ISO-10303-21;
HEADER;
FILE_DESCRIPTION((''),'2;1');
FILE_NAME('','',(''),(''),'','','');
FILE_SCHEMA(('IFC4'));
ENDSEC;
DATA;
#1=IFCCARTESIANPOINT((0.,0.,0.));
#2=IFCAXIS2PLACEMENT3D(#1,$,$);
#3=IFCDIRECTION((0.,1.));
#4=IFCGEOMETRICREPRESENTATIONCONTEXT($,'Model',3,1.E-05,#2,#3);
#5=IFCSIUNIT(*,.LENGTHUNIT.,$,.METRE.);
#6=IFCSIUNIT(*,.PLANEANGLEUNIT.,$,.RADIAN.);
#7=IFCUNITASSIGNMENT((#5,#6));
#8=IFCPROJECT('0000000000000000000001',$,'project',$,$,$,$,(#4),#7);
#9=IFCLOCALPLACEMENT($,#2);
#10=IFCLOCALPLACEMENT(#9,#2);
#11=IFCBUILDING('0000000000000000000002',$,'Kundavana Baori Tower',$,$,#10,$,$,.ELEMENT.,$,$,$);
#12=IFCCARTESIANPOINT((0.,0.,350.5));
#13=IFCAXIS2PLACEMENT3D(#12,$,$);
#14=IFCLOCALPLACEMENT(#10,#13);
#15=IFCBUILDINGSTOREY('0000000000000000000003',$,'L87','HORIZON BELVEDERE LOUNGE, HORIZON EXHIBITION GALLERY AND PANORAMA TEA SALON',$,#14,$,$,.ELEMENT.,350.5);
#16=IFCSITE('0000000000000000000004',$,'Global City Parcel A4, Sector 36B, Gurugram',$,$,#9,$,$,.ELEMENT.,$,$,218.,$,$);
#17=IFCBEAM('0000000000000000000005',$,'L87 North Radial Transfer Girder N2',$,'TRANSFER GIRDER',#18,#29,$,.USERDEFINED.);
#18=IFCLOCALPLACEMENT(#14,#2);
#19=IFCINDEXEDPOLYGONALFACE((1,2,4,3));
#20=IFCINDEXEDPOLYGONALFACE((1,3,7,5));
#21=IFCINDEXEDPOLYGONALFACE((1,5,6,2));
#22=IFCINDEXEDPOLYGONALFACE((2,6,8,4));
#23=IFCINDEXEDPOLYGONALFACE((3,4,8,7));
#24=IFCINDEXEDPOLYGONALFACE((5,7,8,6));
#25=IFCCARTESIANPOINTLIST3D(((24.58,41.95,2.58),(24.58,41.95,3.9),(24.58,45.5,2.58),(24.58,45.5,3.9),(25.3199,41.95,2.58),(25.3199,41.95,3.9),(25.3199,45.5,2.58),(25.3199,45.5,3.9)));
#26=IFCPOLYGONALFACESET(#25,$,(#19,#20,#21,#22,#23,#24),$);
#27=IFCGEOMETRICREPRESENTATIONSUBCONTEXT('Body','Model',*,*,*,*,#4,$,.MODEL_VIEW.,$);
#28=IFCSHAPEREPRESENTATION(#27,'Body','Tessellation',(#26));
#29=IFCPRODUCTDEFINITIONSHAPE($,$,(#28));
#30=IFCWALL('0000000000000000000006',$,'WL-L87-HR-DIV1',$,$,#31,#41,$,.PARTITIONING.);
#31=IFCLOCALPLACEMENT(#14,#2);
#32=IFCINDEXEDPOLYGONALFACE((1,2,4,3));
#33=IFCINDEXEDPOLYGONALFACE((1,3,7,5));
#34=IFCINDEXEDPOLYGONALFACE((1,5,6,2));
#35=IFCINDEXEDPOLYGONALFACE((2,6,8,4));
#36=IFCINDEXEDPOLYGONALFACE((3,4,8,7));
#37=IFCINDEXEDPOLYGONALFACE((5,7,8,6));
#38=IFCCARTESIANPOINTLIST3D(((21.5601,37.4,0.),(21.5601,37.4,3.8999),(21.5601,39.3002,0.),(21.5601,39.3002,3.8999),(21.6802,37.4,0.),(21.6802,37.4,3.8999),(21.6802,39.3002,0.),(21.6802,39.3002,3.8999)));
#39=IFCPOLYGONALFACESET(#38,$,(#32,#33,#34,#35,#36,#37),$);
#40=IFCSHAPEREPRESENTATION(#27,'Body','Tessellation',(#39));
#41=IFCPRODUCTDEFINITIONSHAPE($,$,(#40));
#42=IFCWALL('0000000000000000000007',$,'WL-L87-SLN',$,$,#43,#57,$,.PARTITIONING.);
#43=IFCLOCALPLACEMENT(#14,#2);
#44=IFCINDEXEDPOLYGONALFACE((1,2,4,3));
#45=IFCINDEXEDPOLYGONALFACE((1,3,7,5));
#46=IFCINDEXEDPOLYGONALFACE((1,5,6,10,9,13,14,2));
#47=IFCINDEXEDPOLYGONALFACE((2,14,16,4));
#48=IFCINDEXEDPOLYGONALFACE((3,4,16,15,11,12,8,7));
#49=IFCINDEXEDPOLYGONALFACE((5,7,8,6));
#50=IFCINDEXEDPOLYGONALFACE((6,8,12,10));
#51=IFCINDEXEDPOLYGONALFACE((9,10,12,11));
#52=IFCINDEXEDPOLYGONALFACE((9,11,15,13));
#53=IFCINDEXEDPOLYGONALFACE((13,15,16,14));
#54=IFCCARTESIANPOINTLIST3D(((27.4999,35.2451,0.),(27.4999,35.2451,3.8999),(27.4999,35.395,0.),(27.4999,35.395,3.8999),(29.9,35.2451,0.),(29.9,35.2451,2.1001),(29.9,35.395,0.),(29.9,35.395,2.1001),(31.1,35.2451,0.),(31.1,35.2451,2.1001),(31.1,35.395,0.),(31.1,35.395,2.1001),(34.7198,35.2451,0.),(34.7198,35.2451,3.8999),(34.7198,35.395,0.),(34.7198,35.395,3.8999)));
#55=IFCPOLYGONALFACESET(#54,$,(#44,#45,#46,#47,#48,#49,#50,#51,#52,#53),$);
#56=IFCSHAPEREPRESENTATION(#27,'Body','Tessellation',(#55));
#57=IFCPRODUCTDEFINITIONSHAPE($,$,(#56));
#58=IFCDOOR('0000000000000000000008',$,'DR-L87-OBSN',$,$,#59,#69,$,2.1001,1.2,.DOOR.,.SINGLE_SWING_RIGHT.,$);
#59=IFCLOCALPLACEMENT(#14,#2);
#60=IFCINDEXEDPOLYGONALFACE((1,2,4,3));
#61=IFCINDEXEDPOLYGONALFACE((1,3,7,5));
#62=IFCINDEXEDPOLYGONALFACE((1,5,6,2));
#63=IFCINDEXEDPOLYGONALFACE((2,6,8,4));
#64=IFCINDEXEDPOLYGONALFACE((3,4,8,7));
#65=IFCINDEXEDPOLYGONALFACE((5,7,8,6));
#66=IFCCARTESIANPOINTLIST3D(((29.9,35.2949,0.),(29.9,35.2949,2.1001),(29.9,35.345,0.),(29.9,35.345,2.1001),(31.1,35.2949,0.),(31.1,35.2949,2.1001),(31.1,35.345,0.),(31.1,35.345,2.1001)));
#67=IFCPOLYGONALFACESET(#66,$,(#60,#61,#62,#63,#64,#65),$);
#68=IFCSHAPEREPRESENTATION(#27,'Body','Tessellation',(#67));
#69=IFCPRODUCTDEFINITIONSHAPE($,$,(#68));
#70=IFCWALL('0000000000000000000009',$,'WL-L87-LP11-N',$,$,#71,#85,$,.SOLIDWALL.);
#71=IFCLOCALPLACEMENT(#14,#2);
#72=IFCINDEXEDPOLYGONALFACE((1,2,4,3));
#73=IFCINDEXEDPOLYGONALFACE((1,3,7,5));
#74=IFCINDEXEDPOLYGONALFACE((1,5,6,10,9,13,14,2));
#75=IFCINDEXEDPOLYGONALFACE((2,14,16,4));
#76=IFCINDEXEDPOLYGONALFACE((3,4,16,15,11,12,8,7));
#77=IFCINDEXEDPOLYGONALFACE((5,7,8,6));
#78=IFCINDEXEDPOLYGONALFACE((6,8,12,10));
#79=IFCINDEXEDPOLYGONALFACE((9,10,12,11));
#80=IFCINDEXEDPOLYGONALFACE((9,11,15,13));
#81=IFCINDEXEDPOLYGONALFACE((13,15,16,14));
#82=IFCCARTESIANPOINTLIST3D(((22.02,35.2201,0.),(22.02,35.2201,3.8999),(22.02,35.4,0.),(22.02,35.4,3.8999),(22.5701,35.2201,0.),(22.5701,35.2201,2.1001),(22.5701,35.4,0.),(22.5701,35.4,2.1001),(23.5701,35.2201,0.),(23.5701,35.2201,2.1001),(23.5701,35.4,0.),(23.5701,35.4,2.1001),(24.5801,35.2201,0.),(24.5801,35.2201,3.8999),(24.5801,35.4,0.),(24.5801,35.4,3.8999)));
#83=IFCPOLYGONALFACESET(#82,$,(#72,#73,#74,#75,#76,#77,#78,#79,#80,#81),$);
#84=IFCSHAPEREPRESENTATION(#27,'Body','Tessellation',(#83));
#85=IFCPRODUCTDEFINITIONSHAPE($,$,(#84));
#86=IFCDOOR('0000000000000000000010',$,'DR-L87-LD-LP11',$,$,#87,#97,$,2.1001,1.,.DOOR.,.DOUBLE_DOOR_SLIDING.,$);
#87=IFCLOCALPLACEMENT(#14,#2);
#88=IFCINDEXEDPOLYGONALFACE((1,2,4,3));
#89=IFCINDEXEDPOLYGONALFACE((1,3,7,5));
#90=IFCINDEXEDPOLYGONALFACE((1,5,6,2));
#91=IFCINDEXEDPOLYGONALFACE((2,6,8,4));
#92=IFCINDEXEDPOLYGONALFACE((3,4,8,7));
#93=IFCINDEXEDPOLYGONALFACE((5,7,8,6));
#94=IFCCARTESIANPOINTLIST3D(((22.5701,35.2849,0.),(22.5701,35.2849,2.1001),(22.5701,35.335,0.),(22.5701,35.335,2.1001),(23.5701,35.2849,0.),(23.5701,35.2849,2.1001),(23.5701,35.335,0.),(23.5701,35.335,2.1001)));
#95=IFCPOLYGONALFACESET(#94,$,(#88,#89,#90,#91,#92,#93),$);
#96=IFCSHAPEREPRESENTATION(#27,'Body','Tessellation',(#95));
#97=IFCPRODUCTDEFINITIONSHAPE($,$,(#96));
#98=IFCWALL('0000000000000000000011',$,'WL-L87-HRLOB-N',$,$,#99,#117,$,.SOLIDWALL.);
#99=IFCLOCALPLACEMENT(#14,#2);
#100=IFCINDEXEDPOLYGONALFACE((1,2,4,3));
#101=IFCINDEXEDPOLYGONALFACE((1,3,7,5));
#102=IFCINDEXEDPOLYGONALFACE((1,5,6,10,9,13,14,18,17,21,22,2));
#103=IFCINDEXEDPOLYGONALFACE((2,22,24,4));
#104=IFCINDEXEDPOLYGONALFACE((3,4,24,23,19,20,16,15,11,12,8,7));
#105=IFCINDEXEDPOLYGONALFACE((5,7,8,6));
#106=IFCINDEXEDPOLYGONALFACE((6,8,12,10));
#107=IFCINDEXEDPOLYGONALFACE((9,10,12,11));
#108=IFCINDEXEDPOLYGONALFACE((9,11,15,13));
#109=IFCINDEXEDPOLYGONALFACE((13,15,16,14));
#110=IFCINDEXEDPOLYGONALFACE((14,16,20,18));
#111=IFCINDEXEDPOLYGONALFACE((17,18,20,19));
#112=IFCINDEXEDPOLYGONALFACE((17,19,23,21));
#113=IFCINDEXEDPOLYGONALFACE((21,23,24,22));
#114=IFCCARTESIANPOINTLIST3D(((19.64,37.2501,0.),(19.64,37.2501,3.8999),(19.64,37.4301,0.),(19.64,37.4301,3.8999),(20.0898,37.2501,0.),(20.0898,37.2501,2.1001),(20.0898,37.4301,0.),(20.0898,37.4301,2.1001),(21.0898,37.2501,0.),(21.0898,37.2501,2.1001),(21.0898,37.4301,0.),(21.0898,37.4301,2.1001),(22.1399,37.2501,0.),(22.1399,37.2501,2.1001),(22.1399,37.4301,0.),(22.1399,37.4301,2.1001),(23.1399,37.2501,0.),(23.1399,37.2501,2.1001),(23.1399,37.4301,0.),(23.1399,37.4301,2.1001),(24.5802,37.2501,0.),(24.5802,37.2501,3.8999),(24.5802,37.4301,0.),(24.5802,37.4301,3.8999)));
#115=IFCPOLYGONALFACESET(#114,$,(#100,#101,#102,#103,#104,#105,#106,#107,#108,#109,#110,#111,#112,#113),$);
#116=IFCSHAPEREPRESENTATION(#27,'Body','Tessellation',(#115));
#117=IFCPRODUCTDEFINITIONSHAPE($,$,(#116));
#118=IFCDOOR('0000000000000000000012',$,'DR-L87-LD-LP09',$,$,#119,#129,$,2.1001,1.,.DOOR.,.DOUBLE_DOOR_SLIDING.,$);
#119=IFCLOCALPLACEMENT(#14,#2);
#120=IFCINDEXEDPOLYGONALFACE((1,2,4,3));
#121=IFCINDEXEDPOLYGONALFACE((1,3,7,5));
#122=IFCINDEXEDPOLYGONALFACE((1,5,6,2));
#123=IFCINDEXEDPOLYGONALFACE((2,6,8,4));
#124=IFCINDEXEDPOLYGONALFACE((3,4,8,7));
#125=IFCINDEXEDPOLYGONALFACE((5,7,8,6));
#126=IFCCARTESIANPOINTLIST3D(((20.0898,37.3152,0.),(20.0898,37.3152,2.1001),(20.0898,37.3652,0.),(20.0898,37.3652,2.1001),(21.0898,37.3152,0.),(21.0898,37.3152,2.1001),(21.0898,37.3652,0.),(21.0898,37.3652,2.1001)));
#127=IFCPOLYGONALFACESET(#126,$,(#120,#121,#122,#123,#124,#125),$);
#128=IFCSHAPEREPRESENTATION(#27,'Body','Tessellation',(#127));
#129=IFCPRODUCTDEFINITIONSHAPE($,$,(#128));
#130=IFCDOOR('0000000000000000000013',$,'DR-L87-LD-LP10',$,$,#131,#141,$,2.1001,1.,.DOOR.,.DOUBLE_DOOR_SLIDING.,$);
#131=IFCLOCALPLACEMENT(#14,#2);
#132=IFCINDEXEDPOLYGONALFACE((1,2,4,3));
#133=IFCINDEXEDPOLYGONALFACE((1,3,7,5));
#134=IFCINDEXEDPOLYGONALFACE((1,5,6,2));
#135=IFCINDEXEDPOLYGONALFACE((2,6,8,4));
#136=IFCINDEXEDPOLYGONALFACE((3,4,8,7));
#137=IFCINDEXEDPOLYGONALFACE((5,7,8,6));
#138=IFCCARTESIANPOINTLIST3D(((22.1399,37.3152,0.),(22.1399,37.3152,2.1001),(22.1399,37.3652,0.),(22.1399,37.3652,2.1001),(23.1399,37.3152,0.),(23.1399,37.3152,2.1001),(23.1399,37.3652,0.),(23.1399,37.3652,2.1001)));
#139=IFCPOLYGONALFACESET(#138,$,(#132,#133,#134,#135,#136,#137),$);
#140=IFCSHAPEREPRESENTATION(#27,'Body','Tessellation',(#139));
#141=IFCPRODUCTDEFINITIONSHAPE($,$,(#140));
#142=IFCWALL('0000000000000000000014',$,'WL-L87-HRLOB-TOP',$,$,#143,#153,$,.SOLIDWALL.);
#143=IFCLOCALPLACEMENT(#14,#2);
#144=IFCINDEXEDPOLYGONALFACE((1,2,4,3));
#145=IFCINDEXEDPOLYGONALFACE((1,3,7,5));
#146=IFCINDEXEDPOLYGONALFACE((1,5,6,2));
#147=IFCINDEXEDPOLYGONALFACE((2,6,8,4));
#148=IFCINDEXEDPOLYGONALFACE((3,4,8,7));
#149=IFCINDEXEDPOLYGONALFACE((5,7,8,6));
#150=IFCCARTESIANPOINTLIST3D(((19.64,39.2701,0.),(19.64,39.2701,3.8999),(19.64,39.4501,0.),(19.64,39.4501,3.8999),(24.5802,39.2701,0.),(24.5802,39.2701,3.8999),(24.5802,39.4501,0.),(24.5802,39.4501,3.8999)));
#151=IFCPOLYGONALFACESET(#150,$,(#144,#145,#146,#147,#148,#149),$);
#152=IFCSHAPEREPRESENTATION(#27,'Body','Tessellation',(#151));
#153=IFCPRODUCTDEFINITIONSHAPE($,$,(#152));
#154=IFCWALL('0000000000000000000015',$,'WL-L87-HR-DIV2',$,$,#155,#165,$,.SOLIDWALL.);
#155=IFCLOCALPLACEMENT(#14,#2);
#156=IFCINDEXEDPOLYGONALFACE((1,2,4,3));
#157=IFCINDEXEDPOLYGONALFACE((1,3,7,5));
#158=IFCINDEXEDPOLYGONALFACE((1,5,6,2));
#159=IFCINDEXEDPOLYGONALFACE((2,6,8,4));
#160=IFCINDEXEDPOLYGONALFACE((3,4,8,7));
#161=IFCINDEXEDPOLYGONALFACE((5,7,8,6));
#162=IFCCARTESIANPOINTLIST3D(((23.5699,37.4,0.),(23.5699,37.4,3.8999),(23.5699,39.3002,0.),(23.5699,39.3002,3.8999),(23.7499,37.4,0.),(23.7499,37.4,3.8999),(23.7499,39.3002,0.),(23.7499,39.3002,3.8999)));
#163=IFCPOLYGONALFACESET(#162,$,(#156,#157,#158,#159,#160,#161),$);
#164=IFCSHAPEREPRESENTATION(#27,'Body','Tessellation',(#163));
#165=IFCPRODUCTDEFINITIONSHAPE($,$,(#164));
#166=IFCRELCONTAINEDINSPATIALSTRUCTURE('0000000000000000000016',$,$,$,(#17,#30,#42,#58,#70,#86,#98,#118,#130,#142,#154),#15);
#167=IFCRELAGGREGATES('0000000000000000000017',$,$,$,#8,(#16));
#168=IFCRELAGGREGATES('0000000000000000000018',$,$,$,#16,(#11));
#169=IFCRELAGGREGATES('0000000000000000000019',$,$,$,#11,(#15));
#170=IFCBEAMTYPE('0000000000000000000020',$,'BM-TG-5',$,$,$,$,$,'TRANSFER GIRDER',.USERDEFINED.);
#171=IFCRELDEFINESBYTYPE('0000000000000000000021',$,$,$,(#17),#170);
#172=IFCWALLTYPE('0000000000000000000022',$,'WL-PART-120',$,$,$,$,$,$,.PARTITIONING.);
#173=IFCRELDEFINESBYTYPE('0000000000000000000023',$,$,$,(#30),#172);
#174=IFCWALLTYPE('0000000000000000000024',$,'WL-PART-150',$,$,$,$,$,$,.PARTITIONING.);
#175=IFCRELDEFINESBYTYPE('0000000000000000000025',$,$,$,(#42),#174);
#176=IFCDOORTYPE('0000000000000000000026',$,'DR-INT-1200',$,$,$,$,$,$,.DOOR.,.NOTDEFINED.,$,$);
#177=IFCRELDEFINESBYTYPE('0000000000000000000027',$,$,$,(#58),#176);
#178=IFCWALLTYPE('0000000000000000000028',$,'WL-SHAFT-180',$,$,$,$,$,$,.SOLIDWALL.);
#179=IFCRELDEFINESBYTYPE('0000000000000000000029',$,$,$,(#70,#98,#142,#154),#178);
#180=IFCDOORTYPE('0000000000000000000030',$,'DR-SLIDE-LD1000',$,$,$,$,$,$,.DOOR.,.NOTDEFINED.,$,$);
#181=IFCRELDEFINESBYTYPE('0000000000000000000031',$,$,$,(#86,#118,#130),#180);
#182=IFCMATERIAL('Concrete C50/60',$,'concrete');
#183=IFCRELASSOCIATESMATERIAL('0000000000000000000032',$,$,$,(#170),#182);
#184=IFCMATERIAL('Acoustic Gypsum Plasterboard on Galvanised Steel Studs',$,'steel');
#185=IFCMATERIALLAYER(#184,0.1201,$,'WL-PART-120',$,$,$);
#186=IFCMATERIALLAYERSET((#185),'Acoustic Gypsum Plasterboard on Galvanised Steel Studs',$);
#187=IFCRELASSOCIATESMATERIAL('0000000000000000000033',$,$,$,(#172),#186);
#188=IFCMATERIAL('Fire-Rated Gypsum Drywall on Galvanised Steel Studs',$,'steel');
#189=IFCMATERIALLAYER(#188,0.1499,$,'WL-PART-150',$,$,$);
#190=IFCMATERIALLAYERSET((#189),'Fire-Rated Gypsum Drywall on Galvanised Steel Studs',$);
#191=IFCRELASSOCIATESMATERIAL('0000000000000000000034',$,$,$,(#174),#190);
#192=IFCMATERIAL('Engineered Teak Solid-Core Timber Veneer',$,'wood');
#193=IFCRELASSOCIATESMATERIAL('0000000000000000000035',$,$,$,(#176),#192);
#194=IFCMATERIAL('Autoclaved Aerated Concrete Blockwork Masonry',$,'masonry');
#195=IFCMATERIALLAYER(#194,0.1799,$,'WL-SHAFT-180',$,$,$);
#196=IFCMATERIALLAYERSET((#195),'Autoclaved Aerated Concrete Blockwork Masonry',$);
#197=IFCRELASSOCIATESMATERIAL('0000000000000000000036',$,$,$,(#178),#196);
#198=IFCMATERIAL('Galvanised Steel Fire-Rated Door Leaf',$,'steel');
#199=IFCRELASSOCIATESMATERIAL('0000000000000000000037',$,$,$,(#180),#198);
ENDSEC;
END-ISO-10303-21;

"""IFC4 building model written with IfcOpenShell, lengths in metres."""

from ifc_helpers import new_model, si_unit, direction, frame, frame_2d, origin, origin_2d, place, context, subcontext, project, spatial, rectangle, extrude, material, layer, layer_set, material_profile, profile_set, type_object, element, fill, save


model = new_model("IFC4")

# Units and contexts
model_context = context("Model", 3, precision=1e-05, world=origin(), true_north=direction((0.0, 1.0)))
body_context = subcontext(model_context, "Body", "Model", "MODEL_VIEW")
ifc_project = project(units=[si_unit("LENGTHUNIT", "METRE"), si_unit("PLANEANGLEUNIT", "RADIAN")], contexts=[model_context])

# Site, building, storey
site_placement = place(None, origin())
site = spatial("IfcSite", under=ifc_project, at=site_placement, Name="Global City Parcel A4, Sector 36B, Gurugram", CompositionType="ELEMENT", RefElevation=218.0)
building_placement = place(site_placement, origin())
building = spatial("IfcBuilding", under=site, at=building_placement, Name="Kundavana Baori Tower", CompositionType="ELEMENT")
storey_placement = place(building_placement, frame((0.0, 0.0, 350.5)))
storey = spatial("IfcBuildingStorey", under=building, at=storey_placement, Name="L87", Description="HORIZON BELVEDERE LOUNGE, HORIZON EXHIBITION GALLERY AND PANORAMA TEA SALON", CompositionType="ELEMENT", Elevation=350.5)

# Beam
ifc_material_1 = material(Name="Concrete C50/60", Category="concrete")
ifc_material_profile_1 = material_profile(ifc_material_1, rectangle(XDim=0.74, YDim=1.3201, at=origin_2d()), Name="BM-TG-5")
ifc_profile_set_1 = profile_set([ifc_material_profile_1], Name="Concrete C50/60")
beam_type_1 = type_object("IfcBeamType", Name="BM-TG-5", ElementType="TRANSFER GIRDER", PredefinedType="USERDEFINED", material=ifc_profile_set_1)
beam_1_placement = place(storey_placement, frame((24.95, 41.95, 3.24), z_axis=(0.0, 1.0, 0.0), x_axis=(-1.0, 0.0, 0.0)))
element("IfcBeam", 1, at=beam_1_placement, inside=storey, type_object=beam_type_1, Name="L87 North Radial Transfer Girder N2", ObjectType="TRANSFER GIRDER", PredefinedType="USERDEFINED", context=body_context, shape_type="SweptSolid", body=[
    extrude(rectangle(XDim=0.74, YDim=1.3201, at=origin_2d()), origin(), (0.0, 0.0, 1.0), 3.55),
])

# Wall
ifc_material_2 = material(Name="Acoustic Gypsum Plasterboard on Galvanised Steel Studs", Category="steel")
ifc_layer_1 = layer(ifc_material_2, 0.1201, Name="WL-PART-120")
ifc_layer_set_1 = layer_set([ifc_layer_1], Name="Acoustic Gypsum Plasterboard on Galvanised Steel Studs")
wall_type_1 = type_object("IfcWallType", Name="WL-PART-120", PredefinedType="PARTITIONING", material=ifc_layer_set_1)
wall_1_placement = place(storey_placement, frame((21.6201, 37.3999, 0.0), z_axis=(0.0, 0.0, 1.0), x_axis=(0.0, 1.0, 0.0)))
element("IfcWall", 2, at=wall_1_placement, inside=storey, type_object=wall_type_1, Name="WL-L87-HR-DIV1", PredefinedType="PARTITIONING", context=body_context, shape_type="SweptSolid", body=[
    extrude(rectangle(XDim=1.9001, YDim=0.1201, at=frame_2d((0.9502, 0.0))), origin(), (0.0, 0.0, 1.0), 3.8999),
])

# Walls, openings, doors
ifc_material_3 = material(Name="Fire-Rated Gypsum Drywall on Galvanised Steel Studs", Category="steel")
ifc_layer_2 = layer(ifc_material_3, 0.1499, Name="WL-PART-150")
ifc_layer_set_2 = layer_set([ifc_layer_2], Name="Fire-Rated Gypsum Drywall on Galvanised Steel Studs")
wall_type_2 = type_object("IfcWallType", Name="WL-PART-150", PredefinedType="PARTITIONING", material=ifc_layer_set_2)
wall_2_placement = place(storey_placement, frame((27.5, 35.3201, 0.0), z_axis=(0.0, 0.0, 1.0), x_axis=(1.0, 0.0, 0.0)))
wall_2 = element("IfcWall", 3, at=wall_2_placement, inside=storey, type_object=wall_type_2, Name="WL-L87-SLN", PredefinedType="PARTITIONING", context=body_context, shape_type="SweptSolid", body=[
    extrude(rectangle(XDim=7.22, YDim=0.1499, at=frame_2d((3.6099, 0.0))), origin(), (0.0, 0.0, 1.0), 3.8999),
])
opening_1_placement = place(wall_2_placement, frame((2.3999, 0.0, 0.0)))
opening_1 = element("IfcOpeningElement", 4, at=opening_1_placement, cuts=wall_2, PredefinedType="OPENING", context=body_context, shape_type="SweptSolid", body=[
    extrude(rectangle(XDim=1.2, YDim=2.1001, at=frame_2d((0.6001, 1.05))), frame((0.0, 0.085, 0.0), z_axis=(0.0, -1.0, 0.0), x_axis=(1.0, 0.0, 0.0)), (0.0, 0.0, 1.0), 0.1699),
])
ifc_material_4 = material(Name="Engineered Teak Solid-Core Timber Veneer", Category="wood")
door_type_1 = type_object("IfcDoorType", Name="DR-INT-1200", OperationType="NOTDEFINED", PredefinedType="DOOR", material=ifc_material_4)
door_1_placement = place(opening_1_placement, origin())
door_1 = element("IfcDoor", 5, at=door_1_placement, inside=storey, type_object=door_type_1, Name="DR-L87-OBSN", OperationType="SINGLE_SWING_RIGHT", OverallHeight=2.1001, OverallWidth=1.2, PredefinedType="DOOR", context=body_context, shape_type="SweptSolid", body=[
    extrude(rectangle(XDim=1.2, YDim=2.1001, at=frame_2d((0.6001, 1.05))), frame((0.0, 0.0249, 0.0), z_axis=(0.0, -1.0, 0.0), x_axis=(1.0, 0.0, 0.0)), (0.0, 0.0, 1.0), 0.05),
])
fill(opening_1, door_1)
ifc_material_5 = material(Name="Autoclaved Aerated Concrete Blockwork Masonry", Category="masonry")
ifc_layer_3 = layer(ifc_material_5, 0.1799, Name="WL-SHAFT-180")
ifc_layer_set_3 = layer_set([ifc_layer_3], Name="Autoclaved Aerated Concrete Blockwork Masonry")
wall_type_3 = type_object("IfcWallType", Name="WL-SHAFT-180", PredefinedType="SOLIDWALL", material=ifc_layer_set_3)
wall_3_placement = place(storey_placement, frame((22.02, 35.3101, 0.0), z_axis=(0.0, 0.0, 1.0), x_axis=(1.0, 0.0, 0.0)))
wall_3 = element("IfcWall", 6, at=wall_3_placement, inside=storey, type_object=wall_type_3, Name="WL-L87-LP11-N", PredefinedType="SOLIDWALL", context=body_context, shape_type="SweptSolid", body=[
    extrude(rectangle(XDim=2.5601, YDim=0.1799, at=frame_2d((1.28, 0.0))), origin(), (0.0, 0.0, 1.0), 3.8999),
])
opening_2_placement = place(wall_3_placement, frame((0.55, 0.0, 0.0)))
opening_2 = element("IfcOpeningElement", 7, at=opening_2_placement, cuts=wall_3, PredefinedType="OPENING", context=body_context, shape_type="SweptSolid", body=[
    extrude(rectangle(XDim=1.0, YDim=2.1001, at=frame_2d((0.5, 1.05))), frame((0.0, 0.1001, 0.0), z_axis=(0.0, -1.0, 0.0), x_axis=(1.0, 0.0, 0.0)), (0.0, 0.0, 1.0), 0.2),
])
ifc_material_6 = material(Name="Galvanised Steel Fire-Rated Door Leaf", Category="steel")
door_type_2 = type_object("IfcDoorType", Name="DR-SLIDE-LD1000", OperationType="NOTDEFINED", PredefinedType="DOOR", material=ifc_material_6)
door_2_placement = place(opening_2_placement, origin())
door_2 = element("IfcDoor", 8, at=door_2_placement, inside=storey, type_object=door_type_2, Name="DR-L87-LD-LP11", OperationType="DOUBLE_DOOR_SLIDING", OverallHeight=2.1001, OverallWidth=1.0, PredefinedType="DOOR", context=body_context, shape_type="SweptSolid", body=[
    extrude(rectangle(XDim=1.0, YDim=2.1001, at=frame_2d((0.5, 1.05))), frame((0.0, 0.0249, 0.0), z_axis=(0.0, -1.0, 0.0), x_axis=(1.0, 0.0, 0.0)), (0.0, 0.0, 1.0), 0.05),
])
fill(opening_2, door_2)

# Wall, openings, doors
wall_4_placement = place(storey_placement, frame((19.6399, 37.3401, 0.0), z_axis=(0.0, 0.0, 1.0), x_axis=(1.0, 0.0, 0.0)))
wall_4 = element("IfcWall", 9, at=wall_4_placement, inside=storey, type_object=wall_type_3, Name="WL-L87-HRLOB-N", PredefinedType="SOLIDWALL", context=body_context, shape_type="SweptSolid", body=[
    extrude(rectangle(XDim=4.9402, YDim=0.1799, at=frame_2d((2.4702, 0.0))), origin(), (0.0, 0.0, 1.0), 3.8999),
])
opening_3_placement = place(wall_4_placement, frame((0.45, 0.0, 0.0)))
opening_3 = element("IfcOpeningElement", 10, at=opening_3_placement, cuts=wall_4, PredefinedType="OPENING", context=body_context, shape_type="SweptSolid", body=[
    extrude(rectangle(XDim=1.0, YDim=2.1001, at=frame_2d((0.5, 1.05))), frame((0.0, 0.1001, 0.0), z_axis=(0.0, -1.0, 0.0), x_axis=(1.0, 0.0, 0.0)), (0.0, 0.0, 1.0), 0.2),
])
opening_4_placement = place(wall_4_placement, frame((2.5, 0.0, 0.0)))
opening_4 = element("IfcOpeningElement", 11, at=opening_4_placement, cuts=wall_4, PredefinedType="OPENING", context=body_context, shape_type="SweptSolid", body=[
    extrude(rectangle(XDim=1.0, YDim=2.1001, at=frame_2d((0.5, 1.05))), frame((0.0, 0.1001, 0.0), z_axis=(0.0, -1.0, 0.0), x_axis=(1.0, 0.0, 0.0)), (0.0, 0.0, 1.0), 0.2),
])
door_3_placement = place(opening_3_placement, frame((1.0, 0.0, 0.0), z_axis=(0.0, 0.0, 1.0), x_axis=(-1.0, 0.0, 0.0)))
door_3 = element("IfcDoor", 12, at=door_3_placement, inside=storey, type_object=door_type_2, Name="DR-L87-LD-LP09", OperationType="DOUBLE_DOOR_SLIDING", OverallHeight=2.1001, OverallWidth=1.0, PredefinedType="DOOR", context=body_context, shape_type="SweptSolid", body=[
    extrude(rectangle(XDim=1.0, YDim=2.1001, at=frame_2d((0.5, 1.05))), frame((0.0, 0.0249, 0.0), z_axis=(0.0, -1.0, 0.0), x_axis=(1.0, 0.0, 0.0)), (0.0, 0.0, 1.0), 0.05),
])
fill(opening_3, door_3)
door_4_placement = place(opening_4_placement, frame((1.0, 0.0, 0.0), z_axis=(0.0, 0.0, 1.0), x_axis=(-1.0, 0.0, 0.0)))
door_4 = element("IfcDoor", 13, at=door_4_placement, inside=storey, type_object=door_type_2, Name="DR-L87-LD-LP10", OperationType="DOUBLE_DOOR_SLIDING", OverallHeight=2.1001, OverallWidth=1.0, PredefinedType="DOOR", context=body_context, shape_type="SweptSolid", body=[
    extrude(rectangle(XDim=1.0, YDim=2.1001, at=frame_2d((0.5, 1.05))), frame((0.0, 0.0249, 0.0), z_axis=(0.0, -1.0, 0.0), x_axis=(1.0, 0.0, 0.0)), (0.0, 0.0, 1.0), 0.05),
])
fill(opening_4, door_4)

# Walls
wall_5_placement = place(storey_placement, frame((19.6399, 39.3601, 0.0), z_axis=(0.0, 0.0, 1.0), x_axis=(1.0, 0.0, 0.0)))
element("IfcWall", 14, at=wall_5_placement, inside=storey, type_object=wall_type_3, Name="WL-L87-HRLOB-TOP", PredefinedType="SOLIDWALL", context=body_context, shape_type="SweptSolid", body=[
    extrude(rectangle(XDim=4.9402, YDim=0.1799, at=frame_2d((2.4702, 0.0))), origin(), (0.0, 0.0, 1.0), 3.8999),
])
wall_6_placement = place(storey_placement, frame((23.6599, 37.3999, 0.0), z_axis=(0.0, 0.0, 1.0), x_axis=(0.0, 1.0, 0.0)))
element("IfcWall", 15, at=wall_6_placement, inside=storey, type_object=wall_type_3, Name="WL-L87-HR-DIV2", PredefinedType="SOLIDWALL", context=body_context, shape_type="SweptSolid", body=[
    extrude(rectangle(XDim=1.9001, YDim=0.1799, at=frame_2d((0.9502, 0.0))), origin(), (0.0, 0.0, 1.0), 3.8999),
])

save(model, "model.ifc")
